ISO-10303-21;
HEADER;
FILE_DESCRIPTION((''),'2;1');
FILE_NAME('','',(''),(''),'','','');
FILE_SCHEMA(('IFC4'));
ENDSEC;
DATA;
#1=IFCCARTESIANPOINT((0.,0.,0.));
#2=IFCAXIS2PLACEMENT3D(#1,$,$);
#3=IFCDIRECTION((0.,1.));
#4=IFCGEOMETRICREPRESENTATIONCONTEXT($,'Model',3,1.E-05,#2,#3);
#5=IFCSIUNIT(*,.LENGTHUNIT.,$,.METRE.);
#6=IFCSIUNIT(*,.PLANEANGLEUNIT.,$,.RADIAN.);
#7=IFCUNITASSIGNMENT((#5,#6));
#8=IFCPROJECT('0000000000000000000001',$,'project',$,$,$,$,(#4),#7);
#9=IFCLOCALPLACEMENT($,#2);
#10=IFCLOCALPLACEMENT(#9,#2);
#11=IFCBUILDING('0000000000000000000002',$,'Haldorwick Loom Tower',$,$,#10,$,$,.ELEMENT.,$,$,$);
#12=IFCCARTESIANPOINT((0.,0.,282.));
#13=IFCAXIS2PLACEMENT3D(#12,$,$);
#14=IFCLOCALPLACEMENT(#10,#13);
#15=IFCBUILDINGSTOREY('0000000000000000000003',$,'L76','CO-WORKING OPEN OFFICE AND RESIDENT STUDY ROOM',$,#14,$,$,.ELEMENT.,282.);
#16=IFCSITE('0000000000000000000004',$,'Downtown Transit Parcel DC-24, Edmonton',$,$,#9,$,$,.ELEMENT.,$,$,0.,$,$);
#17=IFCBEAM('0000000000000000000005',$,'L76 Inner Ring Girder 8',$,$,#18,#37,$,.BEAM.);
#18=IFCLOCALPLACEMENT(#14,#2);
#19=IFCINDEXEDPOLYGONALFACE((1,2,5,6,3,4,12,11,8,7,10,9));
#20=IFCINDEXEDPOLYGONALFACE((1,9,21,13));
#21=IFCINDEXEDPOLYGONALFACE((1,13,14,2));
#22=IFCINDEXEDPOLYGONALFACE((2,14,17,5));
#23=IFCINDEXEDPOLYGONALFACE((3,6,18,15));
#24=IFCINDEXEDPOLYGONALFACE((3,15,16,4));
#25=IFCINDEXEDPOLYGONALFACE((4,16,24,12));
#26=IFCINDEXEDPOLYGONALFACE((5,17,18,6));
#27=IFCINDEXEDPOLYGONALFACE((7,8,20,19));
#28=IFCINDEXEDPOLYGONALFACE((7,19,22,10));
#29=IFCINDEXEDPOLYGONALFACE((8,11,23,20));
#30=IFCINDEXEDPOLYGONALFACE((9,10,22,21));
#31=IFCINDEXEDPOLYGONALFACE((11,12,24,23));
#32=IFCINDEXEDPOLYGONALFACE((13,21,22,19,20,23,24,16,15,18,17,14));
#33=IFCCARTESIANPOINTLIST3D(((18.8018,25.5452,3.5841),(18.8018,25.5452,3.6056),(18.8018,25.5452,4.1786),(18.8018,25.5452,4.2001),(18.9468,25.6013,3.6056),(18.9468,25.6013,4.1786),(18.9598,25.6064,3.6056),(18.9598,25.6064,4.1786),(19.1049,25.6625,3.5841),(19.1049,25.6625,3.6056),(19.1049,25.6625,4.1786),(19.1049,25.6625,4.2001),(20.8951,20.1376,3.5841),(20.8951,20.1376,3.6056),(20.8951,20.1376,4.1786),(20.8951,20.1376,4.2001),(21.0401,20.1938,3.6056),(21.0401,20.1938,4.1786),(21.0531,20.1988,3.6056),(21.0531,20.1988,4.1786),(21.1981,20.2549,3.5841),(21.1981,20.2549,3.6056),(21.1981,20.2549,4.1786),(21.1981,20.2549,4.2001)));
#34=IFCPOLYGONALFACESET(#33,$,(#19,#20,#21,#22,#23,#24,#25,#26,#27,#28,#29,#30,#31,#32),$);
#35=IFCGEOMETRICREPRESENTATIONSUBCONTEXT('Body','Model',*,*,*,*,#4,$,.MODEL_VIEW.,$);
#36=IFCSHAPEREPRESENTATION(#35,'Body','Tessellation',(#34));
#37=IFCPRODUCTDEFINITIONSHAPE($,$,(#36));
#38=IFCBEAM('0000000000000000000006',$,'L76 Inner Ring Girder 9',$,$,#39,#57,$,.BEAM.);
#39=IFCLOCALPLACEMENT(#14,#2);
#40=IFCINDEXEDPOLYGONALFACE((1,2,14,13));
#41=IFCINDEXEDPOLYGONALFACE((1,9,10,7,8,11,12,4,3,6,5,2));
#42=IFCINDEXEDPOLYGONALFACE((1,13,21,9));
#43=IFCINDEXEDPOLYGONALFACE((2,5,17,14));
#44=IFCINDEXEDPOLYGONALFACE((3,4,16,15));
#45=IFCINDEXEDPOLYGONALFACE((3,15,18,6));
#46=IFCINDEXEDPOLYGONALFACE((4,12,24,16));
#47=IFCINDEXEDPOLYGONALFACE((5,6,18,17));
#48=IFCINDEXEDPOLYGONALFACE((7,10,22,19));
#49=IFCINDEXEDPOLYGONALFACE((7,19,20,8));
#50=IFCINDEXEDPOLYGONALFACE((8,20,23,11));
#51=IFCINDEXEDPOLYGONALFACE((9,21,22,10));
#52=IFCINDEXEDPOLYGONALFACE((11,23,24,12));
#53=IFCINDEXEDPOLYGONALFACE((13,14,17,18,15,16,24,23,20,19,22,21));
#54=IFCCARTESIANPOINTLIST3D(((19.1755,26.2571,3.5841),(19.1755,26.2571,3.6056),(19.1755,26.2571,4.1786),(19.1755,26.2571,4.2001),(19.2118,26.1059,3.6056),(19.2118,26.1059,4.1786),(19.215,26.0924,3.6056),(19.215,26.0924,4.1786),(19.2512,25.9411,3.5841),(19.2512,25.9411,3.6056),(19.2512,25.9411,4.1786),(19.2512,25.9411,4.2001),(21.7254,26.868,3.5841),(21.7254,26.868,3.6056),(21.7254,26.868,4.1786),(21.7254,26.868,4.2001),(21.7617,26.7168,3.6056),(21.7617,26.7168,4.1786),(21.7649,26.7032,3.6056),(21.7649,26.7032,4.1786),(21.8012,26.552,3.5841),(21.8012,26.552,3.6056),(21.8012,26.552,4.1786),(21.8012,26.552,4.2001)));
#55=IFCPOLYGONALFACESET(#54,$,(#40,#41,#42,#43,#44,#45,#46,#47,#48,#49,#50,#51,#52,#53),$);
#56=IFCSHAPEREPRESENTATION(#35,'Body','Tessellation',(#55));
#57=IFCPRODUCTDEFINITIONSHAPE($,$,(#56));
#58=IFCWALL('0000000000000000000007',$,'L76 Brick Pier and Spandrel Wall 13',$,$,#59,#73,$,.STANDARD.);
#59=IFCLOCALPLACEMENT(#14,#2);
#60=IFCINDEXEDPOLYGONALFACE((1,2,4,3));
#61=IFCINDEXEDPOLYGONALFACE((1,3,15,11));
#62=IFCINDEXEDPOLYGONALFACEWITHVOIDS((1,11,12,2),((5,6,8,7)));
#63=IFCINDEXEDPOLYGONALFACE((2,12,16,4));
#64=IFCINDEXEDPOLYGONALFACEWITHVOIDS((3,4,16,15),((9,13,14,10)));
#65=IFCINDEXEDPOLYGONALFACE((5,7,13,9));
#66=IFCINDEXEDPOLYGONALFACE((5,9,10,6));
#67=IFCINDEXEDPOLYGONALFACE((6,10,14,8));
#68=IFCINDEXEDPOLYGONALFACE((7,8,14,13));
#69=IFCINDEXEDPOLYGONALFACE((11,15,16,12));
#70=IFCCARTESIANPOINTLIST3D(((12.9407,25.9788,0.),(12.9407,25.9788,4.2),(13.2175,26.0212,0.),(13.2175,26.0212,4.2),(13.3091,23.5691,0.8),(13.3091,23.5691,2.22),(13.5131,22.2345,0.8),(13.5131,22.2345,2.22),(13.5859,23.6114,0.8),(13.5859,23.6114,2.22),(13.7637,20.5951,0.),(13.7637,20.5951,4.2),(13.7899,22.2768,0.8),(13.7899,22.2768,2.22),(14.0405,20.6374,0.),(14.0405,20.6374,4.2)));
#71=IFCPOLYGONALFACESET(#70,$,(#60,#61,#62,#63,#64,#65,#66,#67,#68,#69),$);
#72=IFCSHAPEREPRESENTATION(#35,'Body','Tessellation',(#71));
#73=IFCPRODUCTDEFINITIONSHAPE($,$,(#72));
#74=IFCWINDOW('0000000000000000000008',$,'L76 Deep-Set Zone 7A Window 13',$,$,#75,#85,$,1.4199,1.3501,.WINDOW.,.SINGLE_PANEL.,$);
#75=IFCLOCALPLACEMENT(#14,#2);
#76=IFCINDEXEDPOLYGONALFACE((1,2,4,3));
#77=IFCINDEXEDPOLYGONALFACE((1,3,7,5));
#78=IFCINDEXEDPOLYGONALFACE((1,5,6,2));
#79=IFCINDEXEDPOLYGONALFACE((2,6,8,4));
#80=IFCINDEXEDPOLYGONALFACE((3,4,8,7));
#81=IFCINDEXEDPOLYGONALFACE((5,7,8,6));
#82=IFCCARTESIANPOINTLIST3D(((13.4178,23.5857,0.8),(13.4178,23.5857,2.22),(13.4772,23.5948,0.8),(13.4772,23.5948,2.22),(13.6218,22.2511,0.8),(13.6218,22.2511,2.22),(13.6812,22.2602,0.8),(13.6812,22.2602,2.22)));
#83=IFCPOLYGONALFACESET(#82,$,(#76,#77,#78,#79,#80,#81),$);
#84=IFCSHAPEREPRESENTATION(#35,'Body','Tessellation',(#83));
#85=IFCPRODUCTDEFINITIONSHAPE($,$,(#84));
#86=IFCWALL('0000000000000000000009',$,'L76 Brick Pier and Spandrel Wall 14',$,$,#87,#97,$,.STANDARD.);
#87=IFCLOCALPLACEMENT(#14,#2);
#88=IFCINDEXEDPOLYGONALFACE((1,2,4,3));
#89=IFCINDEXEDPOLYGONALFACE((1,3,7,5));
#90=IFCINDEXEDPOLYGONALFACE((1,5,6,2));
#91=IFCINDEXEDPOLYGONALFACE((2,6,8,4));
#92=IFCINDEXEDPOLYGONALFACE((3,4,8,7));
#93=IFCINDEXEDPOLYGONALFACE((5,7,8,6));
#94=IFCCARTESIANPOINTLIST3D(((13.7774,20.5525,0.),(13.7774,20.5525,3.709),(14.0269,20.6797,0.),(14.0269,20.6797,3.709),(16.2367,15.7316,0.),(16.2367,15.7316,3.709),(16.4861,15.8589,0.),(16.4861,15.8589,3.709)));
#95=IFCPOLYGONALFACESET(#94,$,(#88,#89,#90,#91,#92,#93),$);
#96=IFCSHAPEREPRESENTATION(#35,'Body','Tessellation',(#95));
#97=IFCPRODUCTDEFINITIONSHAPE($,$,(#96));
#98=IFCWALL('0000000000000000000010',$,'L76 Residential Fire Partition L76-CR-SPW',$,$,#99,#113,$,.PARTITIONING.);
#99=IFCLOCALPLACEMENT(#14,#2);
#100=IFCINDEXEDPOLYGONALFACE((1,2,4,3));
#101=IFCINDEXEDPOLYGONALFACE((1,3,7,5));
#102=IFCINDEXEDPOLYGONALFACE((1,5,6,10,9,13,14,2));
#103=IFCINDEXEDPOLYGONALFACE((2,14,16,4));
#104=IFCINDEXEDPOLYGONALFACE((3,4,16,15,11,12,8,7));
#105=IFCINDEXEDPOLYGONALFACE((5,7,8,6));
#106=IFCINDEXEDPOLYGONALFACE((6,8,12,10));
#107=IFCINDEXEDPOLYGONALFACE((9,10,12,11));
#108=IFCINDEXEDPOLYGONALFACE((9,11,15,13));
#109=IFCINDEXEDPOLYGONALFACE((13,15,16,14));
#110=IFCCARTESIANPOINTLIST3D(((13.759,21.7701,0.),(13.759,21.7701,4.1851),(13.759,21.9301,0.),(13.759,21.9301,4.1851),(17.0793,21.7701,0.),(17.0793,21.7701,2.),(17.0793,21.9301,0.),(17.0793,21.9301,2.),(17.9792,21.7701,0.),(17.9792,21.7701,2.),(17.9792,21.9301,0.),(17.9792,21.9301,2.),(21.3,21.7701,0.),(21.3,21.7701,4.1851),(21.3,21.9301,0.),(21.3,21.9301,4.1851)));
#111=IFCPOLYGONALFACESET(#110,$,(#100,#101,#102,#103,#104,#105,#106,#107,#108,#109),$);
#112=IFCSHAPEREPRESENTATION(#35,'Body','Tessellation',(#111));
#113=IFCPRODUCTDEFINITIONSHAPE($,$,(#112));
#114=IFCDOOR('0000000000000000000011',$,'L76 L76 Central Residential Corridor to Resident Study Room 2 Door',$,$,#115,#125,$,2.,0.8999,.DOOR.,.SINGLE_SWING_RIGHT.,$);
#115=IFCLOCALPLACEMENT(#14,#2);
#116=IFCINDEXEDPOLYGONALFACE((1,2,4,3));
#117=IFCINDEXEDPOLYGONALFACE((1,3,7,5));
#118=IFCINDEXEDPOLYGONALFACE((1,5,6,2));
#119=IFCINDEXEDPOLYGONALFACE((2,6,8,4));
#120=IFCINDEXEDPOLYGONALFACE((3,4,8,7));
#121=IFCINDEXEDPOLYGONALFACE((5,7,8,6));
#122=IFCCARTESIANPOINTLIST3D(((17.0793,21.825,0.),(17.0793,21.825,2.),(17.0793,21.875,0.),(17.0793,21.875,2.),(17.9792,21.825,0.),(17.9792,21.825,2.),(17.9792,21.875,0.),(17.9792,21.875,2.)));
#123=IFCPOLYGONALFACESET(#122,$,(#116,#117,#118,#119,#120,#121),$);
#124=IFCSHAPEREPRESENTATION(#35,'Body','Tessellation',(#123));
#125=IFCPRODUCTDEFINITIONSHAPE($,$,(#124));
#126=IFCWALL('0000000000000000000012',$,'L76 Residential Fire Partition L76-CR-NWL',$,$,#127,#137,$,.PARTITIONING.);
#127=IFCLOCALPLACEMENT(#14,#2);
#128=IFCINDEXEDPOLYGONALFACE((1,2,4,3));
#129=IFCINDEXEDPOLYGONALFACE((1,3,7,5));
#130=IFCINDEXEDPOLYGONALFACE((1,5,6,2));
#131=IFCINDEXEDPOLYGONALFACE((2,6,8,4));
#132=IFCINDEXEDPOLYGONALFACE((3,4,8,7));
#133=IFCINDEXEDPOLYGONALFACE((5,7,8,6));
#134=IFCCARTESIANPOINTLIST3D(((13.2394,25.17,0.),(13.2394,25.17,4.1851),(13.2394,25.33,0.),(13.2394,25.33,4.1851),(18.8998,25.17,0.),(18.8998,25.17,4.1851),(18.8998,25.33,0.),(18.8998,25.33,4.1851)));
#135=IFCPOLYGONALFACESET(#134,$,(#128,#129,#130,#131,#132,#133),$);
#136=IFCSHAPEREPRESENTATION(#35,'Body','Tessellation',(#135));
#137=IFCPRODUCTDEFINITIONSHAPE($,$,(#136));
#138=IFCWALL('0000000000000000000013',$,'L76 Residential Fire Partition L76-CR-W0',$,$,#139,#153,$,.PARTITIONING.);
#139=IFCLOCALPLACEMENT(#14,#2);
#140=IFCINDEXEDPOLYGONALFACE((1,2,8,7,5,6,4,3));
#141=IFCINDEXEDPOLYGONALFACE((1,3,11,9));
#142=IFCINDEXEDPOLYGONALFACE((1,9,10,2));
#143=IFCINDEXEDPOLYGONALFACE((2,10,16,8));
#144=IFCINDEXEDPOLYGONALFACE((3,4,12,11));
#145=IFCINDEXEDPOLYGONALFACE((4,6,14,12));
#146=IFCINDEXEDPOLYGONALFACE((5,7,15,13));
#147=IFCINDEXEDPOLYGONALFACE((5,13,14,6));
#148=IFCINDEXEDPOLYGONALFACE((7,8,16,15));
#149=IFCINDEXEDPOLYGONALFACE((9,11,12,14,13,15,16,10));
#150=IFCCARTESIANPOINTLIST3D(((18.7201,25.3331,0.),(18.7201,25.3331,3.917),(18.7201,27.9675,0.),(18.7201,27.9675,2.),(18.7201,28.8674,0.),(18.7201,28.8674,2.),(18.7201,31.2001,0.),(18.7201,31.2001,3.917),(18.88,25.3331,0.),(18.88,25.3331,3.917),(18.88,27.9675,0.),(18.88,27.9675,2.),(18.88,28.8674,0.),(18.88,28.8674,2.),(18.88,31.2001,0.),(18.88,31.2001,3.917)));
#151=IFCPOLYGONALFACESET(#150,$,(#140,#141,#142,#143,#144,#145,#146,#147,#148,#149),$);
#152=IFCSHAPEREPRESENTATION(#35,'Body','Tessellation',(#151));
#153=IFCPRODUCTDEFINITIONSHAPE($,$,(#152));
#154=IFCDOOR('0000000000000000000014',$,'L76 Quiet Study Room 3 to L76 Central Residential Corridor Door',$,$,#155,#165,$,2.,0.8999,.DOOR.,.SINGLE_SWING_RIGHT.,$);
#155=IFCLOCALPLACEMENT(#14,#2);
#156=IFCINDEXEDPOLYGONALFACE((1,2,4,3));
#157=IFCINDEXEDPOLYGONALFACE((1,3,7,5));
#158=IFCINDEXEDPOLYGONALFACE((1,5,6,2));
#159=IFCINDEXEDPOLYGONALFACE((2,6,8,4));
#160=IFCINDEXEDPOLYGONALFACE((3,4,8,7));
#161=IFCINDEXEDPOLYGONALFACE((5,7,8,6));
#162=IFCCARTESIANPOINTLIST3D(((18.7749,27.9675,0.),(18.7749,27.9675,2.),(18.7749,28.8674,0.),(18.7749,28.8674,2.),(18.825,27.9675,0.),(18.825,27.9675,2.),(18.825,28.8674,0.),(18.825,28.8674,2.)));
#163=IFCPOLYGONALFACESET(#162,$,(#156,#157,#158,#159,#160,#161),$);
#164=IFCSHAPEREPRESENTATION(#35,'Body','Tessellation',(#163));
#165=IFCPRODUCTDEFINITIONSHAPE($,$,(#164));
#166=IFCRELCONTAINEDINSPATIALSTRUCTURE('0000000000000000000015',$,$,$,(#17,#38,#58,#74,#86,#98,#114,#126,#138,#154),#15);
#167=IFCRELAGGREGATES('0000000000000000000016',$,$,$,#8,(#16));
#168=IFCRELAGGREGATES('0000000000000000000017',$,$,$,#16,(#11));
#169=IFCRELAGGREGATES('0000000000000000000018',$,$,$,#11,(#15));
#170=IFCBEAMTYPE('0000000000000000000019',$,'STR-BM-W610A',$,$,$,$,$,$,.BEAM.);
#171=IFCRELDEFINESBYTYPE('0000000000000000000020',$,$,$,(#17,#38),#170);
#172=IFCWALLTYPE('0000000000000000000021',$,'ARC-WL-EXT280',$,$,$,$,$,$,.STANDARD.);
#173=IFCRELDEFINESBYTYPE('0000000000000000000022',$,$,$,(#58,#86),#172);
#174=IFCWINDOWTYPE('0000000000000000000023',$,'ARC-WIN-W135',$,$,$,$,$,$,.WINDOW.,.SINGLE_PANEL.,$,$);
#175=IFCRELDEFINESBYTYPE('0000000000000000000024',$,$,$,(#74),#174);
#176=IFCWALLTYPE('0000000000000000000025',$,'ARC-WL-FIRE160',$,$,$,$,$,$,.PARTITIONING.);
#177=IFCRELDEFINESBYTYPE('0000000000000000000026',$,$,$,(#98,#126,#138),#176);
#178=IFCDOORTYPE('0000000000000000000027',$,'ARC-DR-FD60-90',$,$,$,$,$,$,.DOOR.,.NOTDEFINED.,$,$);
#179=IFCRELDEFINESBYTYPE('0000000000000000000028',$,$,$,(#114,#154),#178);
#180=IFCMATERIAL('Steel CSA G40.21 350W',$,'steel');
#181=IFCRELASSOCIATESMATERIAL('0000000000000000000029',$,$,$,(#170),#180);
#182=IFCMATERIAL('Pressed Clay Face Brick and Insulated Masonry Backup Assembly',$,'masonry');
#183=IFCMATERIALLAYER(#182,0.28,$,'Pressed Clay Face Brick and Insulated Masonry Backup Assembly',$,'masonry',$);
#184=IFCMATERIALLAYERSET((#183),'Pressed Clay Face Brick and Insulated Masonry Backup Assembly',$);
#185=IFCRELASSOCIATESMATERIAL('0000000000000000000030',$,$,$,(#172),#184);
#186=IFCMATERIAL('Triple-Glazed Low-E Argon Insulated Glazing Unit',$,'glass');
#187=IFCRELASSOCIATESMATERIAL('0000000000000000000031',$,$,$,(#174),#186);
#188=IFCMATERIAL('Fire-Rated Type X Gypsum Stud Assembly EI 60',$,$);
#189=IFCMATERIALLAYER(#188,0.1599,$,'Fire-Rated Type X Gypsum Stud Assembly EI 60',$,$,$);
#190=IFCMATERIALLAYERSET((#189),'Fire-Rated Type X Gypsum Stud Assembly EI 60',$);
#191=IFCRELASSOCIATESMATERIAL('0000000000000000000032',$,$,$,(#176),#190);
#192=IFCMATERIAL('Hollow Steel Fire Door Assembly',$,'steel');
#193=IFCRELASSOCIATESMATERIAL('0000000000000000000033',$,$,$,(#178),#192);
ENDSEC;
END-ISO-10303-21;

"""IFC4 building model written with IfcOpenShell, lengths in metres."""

from ifc_helpers import new_model, si_unit, direction, frame, frame_2d, origin, origin_2d, place, context, subcontext, project, spatial, rectangle, i_section, extrude, material, layer, layer_set, material_profile, profile_set, type_object, element, fill, save


model = new_model("IFC4")

# Units and contexts
model_context = context("Model", 3, precision=1e-05, world=origin(), true_north=direction((0.0, 1.0)))
body_context = subcontext(model_context, "Body", "Model", "MODEL_VIEW")
ifc_project = project(units=[si_unit("LENGTHUNIT", "METRE"), si_unit("PLANEANGLEUNIT", "RADIAN")], contexts=[model_context])

# Site, building, storey
site_placement = place(None, origin())
site = spatial("IfcSite", under=ifc_project, at=site_placement, Name="Downtown Transit Parcel DC-24, Edmonton", CompositionType="ELEMENT", RefElevation=0.0)
building_placement = place(site_placement, origin())
building = spatial("IfcBuilding", under=site, at=building_placement, Name="Haldorwick Loom Tower", CompositionType="ELEMENT")
storey_placement = place(building_placement, frame((0.0, 0.0, 282.0)))
storey = spatial("IfcBuildingStorey", under=building, at=storey_placement, Name="L76", Description="CO-WORKING OPEN OFFICE AND RESIDENT STUDY ROOM", CompositionType="ELEMENT", Elevation=282.0)

# Beams
ifc_material_1 = material(Name="Steel CSA G40.21 350W", Category="steel")
ifc_material_profile_1 = material_profile(ifc_material_1, i_section(OverallWidth=0.325, OverallDepth=0.616, WebThickness=0.0139, FlangeThickness=0.0215, at=origin_2d()), Name="W610X174", Category="steel")
ifc_profile_set_1 = profile_set([ifc_material_profile_1], Name="Steel CSA G40.21 350W")
beam_type_1 = type_object("IfcBeamType", Name="STR-BM-W610A", PredefinedType="BEAM", material=ifc_profile_set_1)
beam_1_placement = place(storey_placement, frame((21.0466, 20.1963, 3.8921), z_axis=(-0.361001, 0.932565, 0.0), x_axis=(-0.932565, -0.361001, 0.0)))
element("IfcBeam", 1, at=beam_1_placement, inside=storey, type_object=beam_type_1, Name="L76 Inner Ring Girder 8", PredefinedType="BEAM", context=body_context, shape_type="SweptSolid", body=[
    extrude(i_section(OverallWidth=0.325, OverallDepth=0.616, WebThickness=0.0139, FlangeThickness=0.0215, at=origin_2d()), origin(), (0.0, 0.0, 1.0), 5.7986),
])
beam_2_placement = place(storey_placement, frame((19.2134, 26.0991, 3.8921), z_axis=(0.972484, 0.232971, 0.0), x_axis=(-0.232971, 0.972484, 0.0)))
element("IfcBeam", 2, at=beam_2_placement, inside=storey, type_object=beam_type_1, Name="L76 Inner Ring Girder 9", PredefinedType="BEAM", context=body_context, shape_type="SweptSolid", body=[
    extrude(i_section(OverallWidth=0.325, OverallDepth=0.616, WebThickness=0.0139, FlangeThickness=0.0215, at=origin_2d()), origin(), (0.0, 0.0, 1.0), 2.6221),
])

# Wall, opening, window
ifc_material_2 = material(Name="Pressed Clay Face Brick and Insulated Masonry Backup Assembly", Category="masonry")
ifc_layer_1 = layer(ifc_material_2, 0.28, Name="Pressed Clay Face Brick and Insulated Masonry Backup Assembly", Category="masonry")
ifc_layer_set_1 = layer_set([ifc_layer_1], Name="Pressed Clay Face Brick and Insulated Masonry Backup Assembly")
wall_type_1 = type_object("IfcWallType", Name="ARC-WL-EXT280", PredefinedType="STANDARD", material=ifc_layer_set_1)
wall_1_placement = place(storey_placement, frame((13.0791, 26.0, 0.0), z_axis=(0.0, 0.0, 1.0), x_axis=(0.151111, -0.988517, 0.0)))
wall_1 = element("IfcWall", 3, at=wall_1_placement, inside=storey, type_object=wall_type_1, Name="L76 Brick Pier and Spandrel Wall 13", PredefinedType="STANDARD", context=body_context, shape_type="SweptSolid", body=[
    extrude(rectangle(XDim=5.4463, YDim=0.28, at=frame_2d((2.7231, 0.0))), origin(), (0.0, 0.0, 1.0), 4.2),
])
opening_1_placement = place(wall_1_placement, frame((2.4377, 0.0, 0.8)))
opening_1 = element("IfcOpeningElement", 4, at=opening_1_placement, cuts=wall_1, PredefinedType="OPENING", context=body_context, shape_type="SweptSolid", body=[
    extrude(rectangle(XDim=1.3501, YDim=1.4199, at=frame_2d((0.675, 0.71))), frame((0.0, 0.1499, 0.0), z_axis=(0.0, -1.0, 0.0), x_axis=(1.0, 0.0, 0.0)), (0.0, 0.0, 1.0), 0.3),
])
ifc_material_3 = material(Name="Triple-Glazed Low-E Argon Insulated Glazing Unit", Category="glass")
window_type = type_object("IfcWindowType", Name="ARC-WIN-W135", PartitioningType="SINGLE_PANEL", PredefinedType="WINDOW", material=ifc_material_3)
window_placement = place(opening_1_placement, origin())
window = element("IfcWindow", 5, at=window_placement, inside=storey, type_object=window_type, Name="L76 Deep-Set Zone 7A Window 13", OverallHeight=1.4199, OverallWidth=1.3501, PartitioningType="SINGLE_PANEL", PredefinedType="WINDOW", context=body_context, shape_type="SweptSolid", body=[
    extrude(rectangle(XDim=1.3501, YDim=1.4199, at=frame_2d((0.675, 0.71))), frame((0.0, 0.03, 0.0), z_axis=(0.0, -1.0, 0.0), x_axis=(1.0, 0.0, 0.0)), (0.0, 0.0, 1.0), 0.0601),
])
fill(opening_1, window)

# Wall
wall_2_placement = place(storey_placement, frame((13.9021, 20.6162, 0.0), z_axis=(0.0, 0.0, 1.0), x_axis=(0.454417, -0.890789, 0.0)))
element("IfcWall", 6, at=wall_2_placement, inside=storey, type_object=wall_type_1, Name="L76 Brick Pier and Spandrel Wall 14", PredefinedType="STANDARD", context=body_context, shape_type="SweptSolid", body=[
    extrude(rectangle(XDim=5.4119, YDim=0.28, at=frame_2d((2.7061, 0.0))), origin(), (0.0, 0.0, 1.0), 3.709),
])

# Wall, opening, door
ifc_material_4 = material(Name="Fire-Rated Type X Gypsum Stud Assembly EI 60")
ifc_layer_2 = layer(ifc_material_4, 0.1599, Name="Fire-Rated Type X Gypsum Stud Assembly EI 60")
ifc_layer_set_2 = layer_set([ifc_layer_2], Name="Fire-Rated Type X Gypsum Stud Assembly EI 60")
wall_type_2 = type_object("IfcWallType", Name="ARC-WL-FIRE160", PredefinedType="PARTITIONING", material=ifc_layer_set_2)
wall_3_placement = place(storey_placement, frame((13.759, 21.8501, 0.0), z_axis=(0.0, 0.0, 1.0), x_axis=(1.0, 0.0, 0.0)))
wall_3 = element("IfcWall", 7, at=wall_3_placement, inside=storey, type_object=wall_type_2, Name="L76 Residential Fire Partition L76-CR-SPW", PredefinedType="PARTITIONING", context=body_context, shape_type="SweptSolid", body=[
    extrude(rectangle(XDim=7.541, YDim=0.1599, at=frame_2d((3.7705, 0.0))), origin(), (0.0, 0.0, 1.0), 4.1851),
])
opening_2_placement = place(wall_3_placement, frame((3.3203, 0.0, 0.0)))
opening_2 = element("IfcOpeningElement", 8, at=opening_2_placement, cuts=wall_3, PredefinedType="OPENING", context=body_context, shape_type="SweptSolid", body=[
    extrude(rectangle(XDim=0.8999, YDim=2.0, at=frame_2d((0.45, 1.0))), frame((0.0, 0.0898, 0.0), z_axis=(0.0, -1.0, 0.0), x_axis=(1.0, 0.0, 0.0)), (0.0, 0.0, 1.0), 0.1799),
])
ifc_material_5 = material(Name="Hollow Steel Fire Door Assembly", Category="steel")
door_type = type_object("IfcDoorType", Name="ARC-DR-FD60-90", OperationType="NOTDEFINED", PredefinedType="DOOR", material=ifc_material_5)
door_1_placement = place(opening_2_placement, origin())
door_1 = element("IfcDoor", 9, at=door_1_placement, inside=storey, type_object=door_type, Name="L76 L76 Central Residential Corridor to Resident Study Room 2 Door", OperationType="SINGLE_SWING_RIGHT", OverallHeight=2.0, OverallWidth=0.8999, PredefinedType="DOOR", context=body_context, shape_type="SweptSolid", body=[
    extrude(rectangle(XDim=0.8999, YDim=2.0, at=frame_2d((0.45, 1.0))), frame((0.0, 0.0249, 0.0), z_axis=(0.0, -1.0, 0.0), x_axis=(1.0, 0.0, 0.0)), (0.0, 0.0, 1.0), 0.05),
])
fill(opening_2, door_1)

# Wall
wall_4_placement = place(storey_placement, frame((13.2395, 25.25, 0.0), z_axis=(0.0, 0.0, 1.0), x_axis=(1.0, 0.0, 0.0)))
element("IfcWall", 10, at=wall_4_placement, inside=storey, type_object=wall_type_2, Name="L76 Residential Fire Partition L76-CR-NWL", PredefinedType="PARTITIONING", context=body_context, shape_type="SweptSolid", body=[
    extrude(rectangle(XDim=5.6604, YDim=0.1599, at=frame_2d((2.8301, 0.0))), origin(), (0.0, 0.0, 1.0), 4.1851),
])

# Wall, opening, door
wall_5_placement = place(storey_placement, frame((18.8, 25.333, 0.0), z_axis=(0.0, 0.0, 1.0), x_axis=(0.0, 1.0, 0.0)))
wall_5 = element("IfcWall", 11, at=wall_5_placement, inside=storey, type_object=wall_type_2, Name="L76 Residential Fire Partition L76-CR-W0", PredefinedType="PARTITIONING", context=body_context, shape_type="SweptSolid", body=[
    extrude(rectangle(XDim=5.8669, YDim=0.1599, at=frame_2d((2.9336, 0.0))), origin(), (0.0, 0.0, 1.0), 3.917),
])
opening_3_placement = place(wall_5_placement, frame((2.6345, 0.0, 0.0)))
opening_3 = element("IfcOpeningElement", 12, at=opening_3_placement, cuts=wall_5, PredefinedType="OPENING", context=body_context, shape_type="SweptSolid", body=[
    extrude(rectangle(XDim=0.8999, YDim=2.0, at=frame_2d((0.45, 1.0))), frame((0.0, 0.0898, 0.0), z_axis=(0.0, -1.0, 0.0), x_axis=(1.0, 0.0, 0.0)), (0.0, 0.0, 1.0), 0.1799),
])
door_2_placement = place(opening_3_placement, frame((0.8999, 0.0, 0.0), z_axis=(0.0, 0.0, 1.0), x_axis=(-1.0, 0.0, 0.0)))
door_2 = element("IfcDoor", 13, at=door_2_placement, inside=storey, type_object=door_type, Name="L76 Quiet Study Room 3 to L76 Central Residential Corridor Door", OperationType="SINGLE_SWING_RIGHT", OverallHeight=2.0, OverallWidth=0.8999, PredefinedType="DOOR", context=body_context, shape_type="SweptSolid", body=[
    extrude(rectangle(XDim=0.8999, YDim=2.0, at=frame_2d((0.45, 1.0))), frame((0.0, 0.0249, 0.0), z_axis=(0.0, -1.0, 0.0), x_axis=(1.0, 0.0, 0.0)), (0.0, 0.0, 1.0), 0.05),
])
fill(opening_3, door_2)

save(model, "model.ifc")
